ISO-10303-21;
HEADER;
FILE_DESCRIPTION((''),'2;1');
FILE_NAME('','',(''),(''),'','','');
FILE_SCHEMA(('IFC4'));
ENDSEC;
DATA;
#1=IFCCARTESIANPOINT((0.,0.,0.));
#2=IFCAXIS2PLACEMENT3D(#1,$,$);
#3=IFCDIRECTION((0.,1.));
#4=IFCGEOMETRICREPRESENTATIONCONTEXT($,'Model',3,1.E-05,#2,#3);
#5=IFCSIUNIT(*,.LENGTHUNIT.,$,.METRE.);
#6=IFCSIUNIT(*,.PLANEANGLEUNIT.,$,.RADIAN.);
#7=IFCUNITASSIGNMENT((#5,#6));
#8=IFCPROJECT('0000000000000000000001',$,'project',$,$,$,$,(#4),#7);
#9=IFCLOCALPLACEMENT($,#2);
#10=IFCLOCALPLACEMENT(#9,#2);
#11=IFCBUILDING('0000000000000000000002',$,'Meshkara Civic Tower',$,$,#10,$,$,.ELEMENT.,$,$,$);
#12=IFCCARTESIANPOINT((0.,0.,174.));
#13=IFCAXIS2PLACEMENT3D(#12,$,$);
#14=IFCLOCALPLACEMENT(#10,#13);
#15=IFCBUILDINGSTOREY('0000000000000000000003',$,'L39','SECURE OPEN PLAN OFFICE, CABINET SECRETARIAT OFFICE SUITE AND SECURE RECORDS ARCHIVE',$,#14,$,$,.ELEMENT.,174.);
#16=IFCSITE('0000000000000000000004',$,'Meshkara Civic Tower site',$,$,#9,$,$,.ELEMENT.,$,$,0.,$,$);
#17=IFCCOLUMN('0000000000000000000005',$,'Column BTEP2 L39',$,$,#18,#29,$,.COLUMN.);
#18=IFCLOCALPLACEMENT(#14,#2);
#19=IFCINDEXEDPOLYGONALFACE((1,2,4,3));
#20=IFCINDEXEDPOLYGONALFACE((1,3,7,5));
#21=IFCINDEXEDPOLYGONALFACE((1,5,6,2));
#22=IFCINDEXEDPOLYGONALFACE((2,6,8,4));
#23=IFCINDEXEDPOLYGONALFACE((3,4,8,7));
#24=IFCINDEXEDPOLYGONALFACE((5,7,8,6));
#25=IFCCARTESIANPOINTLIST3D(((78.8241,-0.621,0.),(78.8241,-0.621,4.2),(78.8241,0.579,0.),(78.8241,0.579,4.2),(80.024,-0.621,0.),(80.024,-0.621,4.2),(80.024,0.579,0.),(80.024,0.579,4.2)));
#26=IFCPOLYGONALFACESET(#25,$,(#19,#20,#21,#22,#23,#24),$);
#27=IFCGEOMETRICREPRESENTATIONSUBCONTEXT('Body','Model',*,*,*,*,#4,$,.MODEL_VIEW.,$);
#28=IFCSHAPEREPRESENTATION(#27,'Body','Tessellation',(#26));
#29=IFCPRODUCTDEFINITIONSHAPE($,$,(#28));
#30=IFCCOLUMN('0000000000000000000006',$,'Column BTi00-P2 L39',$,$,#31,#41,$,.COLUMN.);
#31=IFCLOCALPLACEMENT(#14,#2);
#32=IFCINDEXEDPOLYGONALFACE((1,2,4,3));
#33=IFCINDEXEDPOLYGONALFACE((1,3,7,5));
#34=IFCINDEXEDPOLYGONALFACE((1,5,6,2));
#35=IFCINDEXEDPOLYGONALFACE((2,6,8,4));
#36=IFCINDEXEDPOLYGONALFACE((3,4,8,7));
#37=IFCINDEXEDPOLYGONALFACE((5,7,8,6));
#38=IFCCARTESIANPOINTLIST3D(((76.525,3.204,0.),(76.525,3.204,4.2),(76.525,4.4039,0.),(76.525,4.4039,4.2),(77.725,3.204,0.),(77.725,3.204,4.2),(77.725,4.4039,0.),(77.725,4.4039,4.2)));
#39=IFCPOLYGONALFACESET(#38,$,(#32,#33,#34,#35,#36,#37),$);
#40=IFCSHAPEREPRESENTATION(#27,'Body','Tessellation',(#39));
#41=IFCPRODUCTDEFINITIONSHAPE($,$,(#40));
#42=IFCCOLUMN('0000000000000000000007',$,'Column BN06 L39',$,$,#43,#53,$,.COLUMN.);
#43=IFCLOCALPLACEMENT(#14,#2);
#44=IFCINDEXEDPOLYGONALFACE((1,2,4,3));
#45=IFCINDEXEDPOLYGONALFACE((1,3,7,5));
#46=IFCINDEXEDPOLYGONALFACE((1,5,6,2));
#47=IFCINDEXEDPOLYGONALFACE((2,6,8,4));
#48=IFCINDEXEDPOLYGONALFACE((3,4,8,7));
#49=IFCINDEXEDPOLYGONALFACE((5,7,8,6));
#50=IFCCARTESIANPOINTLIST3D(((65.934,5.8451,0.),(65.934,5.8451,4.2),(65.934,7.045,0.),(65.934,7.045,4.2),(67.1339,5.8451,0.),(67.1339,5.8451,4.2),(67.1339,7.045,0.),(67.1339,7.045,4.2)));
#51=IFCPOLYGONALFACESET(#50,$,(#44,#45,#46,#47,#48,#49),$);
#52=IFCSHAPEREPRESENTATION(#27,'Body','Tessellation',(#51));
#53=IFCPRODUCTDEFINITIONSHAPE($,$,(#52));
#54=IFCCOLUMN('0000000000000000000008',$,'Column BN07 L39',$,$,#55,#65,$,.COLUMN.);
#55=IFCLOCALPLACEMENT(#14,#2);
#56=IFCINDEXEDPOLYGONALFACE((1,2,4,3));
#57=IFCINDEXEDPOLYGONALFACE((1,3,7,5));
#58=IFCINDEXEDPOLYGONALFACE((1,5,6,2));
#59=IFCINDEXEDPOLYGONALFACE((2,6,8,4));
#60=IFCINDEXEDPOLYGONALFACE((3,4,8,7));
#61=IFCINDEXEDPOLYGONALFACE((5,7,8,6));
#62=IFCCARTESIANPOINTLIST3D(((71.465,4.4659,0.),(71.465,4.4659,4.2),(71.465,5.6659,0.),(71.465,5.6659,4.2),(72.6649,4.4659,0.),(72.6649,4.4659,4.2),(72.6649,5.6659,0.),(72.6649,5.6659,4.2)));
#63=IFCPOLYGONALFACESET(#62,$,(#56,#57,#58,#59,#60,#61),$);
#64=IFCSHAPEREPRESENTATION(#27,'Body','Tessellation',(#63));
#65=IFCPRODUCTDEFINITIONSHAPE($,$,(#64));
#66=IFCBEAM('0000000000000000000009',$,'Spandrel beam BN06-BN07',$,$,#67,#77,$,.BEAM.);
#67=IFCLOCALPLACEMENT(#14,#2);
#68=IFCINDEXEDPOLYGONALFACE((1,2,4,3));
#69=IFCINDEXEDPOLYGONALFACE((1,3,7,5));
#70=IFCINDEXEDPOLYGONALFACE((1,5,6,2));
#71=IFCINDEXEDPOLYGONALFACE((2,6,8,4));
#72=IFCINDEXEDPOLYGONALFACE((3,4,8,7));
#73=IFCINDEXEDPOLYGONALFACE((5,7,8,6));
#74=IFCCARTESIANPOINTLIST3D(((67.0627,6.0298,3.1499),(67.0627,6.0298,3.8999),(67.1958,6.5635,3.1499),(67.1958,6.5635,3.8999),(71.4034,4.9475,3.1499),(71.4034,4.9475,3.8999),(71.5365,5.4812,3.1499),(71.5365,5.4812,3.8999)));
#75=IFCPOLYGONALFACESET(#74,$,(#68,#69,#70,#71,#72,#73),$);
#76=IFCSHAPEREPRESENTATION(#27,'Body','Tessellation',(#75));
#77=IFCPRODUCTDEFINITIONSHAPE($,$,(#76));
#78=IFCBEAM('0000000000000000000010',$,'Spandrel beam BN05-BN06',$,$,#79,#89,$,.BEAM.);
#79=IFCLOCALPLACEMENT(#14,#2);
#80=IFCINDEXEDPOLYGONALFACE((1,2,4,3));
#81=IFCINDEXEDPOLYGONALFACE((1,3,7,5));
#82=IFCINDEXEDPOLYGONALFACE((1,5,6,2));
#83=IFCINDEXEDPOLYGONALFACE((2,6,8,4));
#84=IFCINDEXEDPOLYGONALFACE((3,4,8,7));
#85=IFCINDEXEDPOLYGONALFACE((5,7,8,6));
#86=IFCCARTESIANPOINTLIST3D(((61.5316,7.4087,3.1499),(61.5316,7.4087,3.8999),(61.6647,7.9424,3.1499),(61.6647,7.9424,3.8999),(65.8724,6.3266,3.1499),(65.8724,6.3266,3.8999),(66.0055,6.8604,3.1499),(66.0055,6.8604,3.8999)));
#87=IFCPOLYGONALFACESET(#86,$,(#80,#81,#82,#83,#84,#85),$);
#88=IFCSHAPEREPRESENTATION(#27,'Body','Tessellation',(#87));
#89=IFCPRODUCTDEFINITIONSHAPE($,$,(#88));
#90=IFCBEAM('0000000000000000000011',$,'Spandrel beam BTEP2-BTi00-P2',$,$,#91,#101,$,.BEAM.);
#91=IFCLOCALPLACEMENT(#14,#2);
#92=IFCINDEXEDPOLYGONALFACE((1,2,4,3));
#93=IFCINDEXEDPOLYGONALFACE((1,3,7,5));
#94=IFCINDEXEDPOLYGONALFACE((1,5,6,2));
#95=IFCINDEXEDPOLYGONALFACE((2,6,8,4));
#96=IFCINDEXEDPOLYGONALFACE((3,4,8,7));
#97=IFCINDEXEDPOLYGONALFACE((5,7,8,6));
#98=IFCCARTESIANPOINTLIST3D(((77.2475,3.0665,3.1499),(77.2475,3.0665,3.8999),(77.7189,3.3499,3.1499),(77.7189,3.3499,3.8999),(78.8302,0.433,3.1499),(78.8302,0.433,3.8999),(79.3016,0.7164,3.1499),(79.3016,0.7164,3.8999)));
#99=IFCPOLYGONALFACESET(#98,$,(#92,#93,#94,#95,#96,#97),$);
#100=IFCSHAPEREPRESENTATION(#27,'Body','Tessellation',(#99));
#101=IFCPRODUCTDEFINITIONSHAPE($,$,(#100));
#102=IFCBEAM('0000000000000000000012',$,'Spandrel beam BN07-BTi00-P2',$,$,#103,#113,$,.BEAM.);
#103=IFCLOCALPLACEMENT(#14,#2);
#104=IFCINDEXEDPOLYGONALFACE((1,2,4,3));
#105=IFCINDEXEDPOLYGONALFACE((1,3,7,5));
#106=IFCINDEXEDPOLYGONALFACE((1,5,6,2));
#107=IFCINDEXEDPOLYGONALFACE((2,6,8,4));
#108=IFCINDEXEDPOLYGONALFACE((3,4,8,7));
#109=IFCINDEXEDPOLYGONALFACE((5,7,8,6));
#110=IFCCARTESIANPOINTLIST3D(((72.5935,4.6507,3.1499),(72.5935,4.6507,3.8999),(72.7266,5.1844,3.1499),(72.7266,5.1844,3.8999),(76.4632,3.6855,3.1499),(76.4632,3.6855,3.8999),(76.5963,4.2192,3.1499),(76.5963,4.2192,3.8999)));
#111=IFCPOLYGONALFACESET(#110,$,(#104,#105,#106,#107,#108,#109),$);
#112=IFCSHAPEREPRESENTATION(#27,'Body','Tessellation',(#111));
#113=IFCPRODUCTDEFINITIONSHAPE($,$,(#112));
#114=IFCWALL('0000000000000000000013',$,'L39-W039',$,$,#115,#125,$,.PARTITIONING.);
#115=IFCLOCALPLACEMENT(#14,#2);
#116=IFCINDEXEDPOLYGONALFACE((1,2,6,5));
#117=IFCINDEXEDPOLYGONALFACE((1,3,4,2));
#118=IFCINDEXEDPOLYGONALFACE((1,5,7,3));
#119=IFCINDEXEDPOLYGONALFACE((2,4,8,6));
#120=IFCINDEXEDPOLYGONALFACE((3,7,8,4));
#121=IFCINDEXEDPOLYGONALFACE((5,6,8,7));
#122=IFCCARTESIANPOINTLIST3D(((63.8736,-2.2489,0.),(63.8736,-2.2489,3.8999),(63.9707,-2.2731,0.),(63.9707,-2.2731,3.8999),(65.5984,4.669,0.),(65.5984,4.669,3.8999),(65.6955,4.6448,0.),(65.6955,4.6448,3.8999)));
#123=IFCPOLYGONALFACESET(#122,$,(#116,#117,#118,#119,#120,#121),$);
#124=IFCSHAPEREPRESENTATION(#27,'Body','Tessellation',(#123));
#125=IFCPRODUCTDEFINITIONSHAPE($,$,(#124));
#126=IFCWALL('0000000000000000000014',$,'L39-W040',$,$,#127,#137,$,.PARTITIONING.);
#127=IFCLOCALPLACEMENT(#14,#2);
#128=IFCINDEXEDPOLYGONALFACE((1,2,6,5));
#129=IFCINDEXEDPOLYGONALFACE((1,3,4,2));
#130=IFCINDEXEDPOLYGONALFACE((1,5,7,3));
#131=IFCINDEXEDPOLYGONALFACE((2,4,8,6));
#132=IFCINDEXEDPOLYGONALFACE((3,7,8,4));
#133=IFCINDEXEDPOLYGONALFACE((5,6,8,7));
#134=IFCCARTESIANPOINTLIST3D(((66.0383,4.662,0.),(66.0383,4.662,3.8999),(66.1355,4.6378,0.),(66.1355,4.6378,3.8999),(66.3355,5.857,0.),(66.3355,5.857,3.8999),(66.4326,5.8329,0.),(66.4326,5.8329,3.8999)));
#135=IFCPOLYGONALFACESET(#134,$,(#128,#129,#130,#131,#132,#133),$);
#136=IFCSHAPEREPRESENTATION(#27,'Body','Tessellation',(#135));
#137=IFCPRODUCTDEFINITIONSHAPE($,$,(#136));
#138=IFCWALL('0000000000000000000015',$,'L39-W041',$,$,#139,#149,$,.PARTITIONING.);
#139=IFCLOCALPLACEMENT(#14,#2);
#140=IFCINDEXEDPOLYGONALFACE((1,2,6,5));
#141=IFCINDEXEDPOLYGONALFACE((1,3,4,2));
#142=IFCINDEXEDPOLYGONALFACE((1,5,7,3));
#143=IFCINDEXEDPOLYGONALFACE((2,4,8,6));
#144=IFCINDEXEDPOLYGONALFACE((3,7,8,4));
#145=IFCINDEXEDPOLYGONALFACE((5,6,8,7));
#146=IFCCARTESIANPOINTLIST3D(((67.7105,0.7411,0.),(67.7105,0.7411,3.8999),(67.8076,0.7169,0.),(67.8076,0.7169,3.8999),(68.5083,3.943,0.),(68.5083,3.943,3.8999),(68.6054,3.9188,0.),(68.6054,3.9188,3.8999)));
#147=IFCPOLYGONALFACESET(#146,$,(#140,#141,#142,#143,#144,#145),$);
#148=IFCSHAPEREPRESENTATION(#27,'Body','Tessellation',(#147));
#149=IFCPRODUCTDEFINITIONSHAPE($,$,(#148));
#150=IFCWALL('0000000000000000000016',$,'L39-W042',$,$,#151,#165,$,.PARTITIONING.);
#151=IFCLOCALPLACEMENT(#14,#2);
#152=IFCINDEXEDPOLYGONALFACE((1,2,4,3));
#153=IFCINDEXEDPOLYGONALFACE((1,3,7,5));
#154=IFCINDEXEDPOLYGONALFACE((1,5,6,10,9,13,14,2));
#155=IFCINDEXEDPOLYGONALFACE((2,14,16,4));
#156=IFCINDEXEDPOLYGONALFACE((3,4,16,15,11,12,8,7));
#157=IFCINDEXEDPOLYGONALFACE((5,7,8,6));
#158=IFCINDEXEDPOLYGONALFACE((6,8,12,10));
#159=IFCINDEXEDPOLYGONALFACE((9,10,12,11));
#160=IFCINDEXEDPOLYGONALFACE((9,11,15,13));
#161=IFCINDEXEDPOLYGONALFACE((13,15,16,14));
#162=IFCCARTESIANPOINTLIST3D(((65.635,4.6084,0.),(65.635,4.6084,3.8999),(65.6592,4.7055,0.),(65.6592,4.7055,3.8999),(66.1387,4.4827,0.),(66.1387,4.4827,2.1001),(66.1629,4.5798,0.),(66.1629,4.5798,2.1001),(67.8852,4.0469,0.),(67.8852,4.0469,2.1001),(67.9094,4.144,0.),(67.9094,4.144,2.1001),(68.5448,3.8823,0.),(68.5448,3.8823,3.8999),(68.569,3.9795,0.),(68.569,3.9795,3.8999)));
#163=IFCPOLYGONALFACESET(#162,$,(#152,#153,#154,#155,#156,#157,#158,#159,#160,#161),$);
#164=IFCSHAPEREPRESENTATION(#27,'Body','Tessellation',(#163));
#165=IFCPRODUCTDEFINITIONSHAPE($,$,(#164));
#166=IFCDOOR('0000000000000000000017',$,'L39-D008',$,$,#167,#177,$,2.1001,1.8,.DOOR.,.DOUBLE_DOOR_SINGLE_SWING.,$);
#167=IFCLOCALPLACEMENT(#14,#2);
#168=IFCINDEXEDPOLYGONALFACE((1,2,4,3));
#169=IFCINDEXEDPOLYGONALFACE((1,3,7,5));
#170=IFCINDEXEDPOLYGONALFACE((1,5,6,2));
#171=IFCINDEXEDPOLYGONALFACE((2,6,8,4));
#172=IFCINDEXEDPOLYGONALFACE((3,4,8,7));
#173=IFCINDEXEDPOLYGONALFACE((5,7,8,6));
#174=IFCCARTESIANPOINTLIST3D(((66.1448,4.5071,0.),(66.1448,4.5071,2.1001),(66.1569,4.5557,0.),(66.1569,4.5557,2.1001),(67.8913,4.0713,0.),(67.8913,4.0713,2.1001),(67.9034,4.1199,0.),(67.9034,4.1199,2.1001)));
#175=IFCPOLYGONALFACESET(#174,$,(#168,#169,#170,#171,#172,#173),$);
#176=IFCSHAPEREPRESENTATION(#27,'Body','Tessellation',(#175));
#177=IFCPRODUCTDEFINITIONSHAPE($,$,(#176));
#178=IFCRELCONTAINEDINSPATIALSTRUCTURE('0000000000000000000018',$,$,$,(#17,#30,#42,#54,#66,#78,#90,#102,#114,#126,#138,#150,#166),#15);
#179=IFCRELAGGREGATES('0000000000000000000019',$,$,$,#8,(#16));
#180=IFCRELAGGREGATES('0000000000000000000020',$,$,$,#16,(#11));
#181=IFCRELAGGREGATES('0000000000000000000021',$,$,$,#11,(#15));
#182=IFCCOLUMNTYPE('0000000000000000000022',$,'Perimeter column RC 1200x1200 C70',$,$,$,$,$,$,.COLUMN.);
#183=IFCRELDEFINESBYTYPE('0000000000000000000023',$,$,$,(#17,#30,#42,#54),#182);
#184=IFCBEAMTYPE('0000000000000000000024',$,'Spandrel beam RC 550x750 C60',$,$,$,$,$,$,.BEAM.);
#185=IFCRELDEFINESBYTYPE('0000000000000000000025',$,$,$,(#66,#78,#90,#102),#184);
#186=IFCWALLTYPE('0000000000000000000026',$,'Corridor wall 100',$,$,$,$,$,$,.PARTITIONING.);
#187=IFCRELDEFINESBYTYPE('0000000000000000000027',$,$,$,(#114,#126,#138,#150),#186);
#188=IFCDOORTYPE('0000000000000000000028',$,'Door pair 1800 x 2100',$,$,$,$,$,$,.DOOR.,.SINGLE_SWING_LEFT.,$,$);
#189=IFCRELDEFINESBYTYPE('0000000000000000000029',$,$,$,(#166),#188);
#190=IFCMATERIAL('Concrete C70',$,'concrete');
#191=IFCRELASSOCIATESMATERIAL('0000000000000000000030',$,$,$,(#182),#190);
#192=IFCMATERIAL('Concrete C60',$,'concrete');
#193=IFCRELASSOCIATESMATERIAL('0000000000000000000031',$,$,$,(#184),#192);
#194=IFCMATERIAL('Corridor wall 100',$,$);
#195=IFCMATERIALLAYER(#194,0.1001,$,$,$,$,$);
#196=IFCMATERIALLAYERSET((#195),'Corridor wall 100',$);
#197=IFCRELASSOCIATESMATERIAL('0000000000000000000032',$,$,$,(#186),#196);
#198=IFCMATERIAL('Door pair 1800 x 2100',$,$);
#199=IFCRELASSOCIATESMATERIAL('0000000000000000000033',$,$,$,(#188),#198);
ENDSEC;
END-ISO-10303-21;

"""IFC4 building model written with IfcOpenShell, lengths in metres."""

from ifc_helpers import new_model, si_unit, direction, frame, frame_2d, origin, origin_2d, place, context, subcontext, project, spatial, rectangle, extrude, material, layer, layer_set, material_profile, profile_set, type_object, element, fill, save


model = new_model("IFC4")

# Units and contexts
model_context = context("Model", 3, precision=1e-05, world=origin(), true_north=direction((0.0, 1.0)))
body_context = subcontext(model_context, "Body", "Model", "MODEL_VIEW")
ifc_project = project(units=[si_unit("LENGTHUNIT", "METRE"), si_unit("PLANEANGLEUNIT", "RADIAN")], contexts=[model_context])

# Site, building, storey
site_placement = place(None, origin())
site = spatial("IfcSite", under=ifc_project, at=site_placement, Name="Meshkara Civic Tower site", CompositionType="ELEMENT", RefElevation=0.0)
building_placement = place(site_placement, origin())
building = spatial("IfcBuilding", under=site, at=building_placement, Name="Meshkara Civic Tower", CompositionType="ELEMENT")
storey_placement = place(building_placement, frame((0.0, 0.0, 174.0)))
storey = spatial("IfcBuildingStorey", under=building, at=storey_placement, Name="L39", Description="SECURE OPEN PLAN OFFICE, CABINET SECRETARIAT OFFICE SUITE AND SECURE RECORDS ARCHIVE", CompositionType="ELEMENT", Elevation=174.0)

# Columns
ifc_material_1 = material(Name="Concrete C70", Category="concrete")
ifc_material_profile_1 = material_profile(ifc_material_1, rectangle(XDim=1.2, YDim=1.2, at=origin_2d()))
ifc_profile_set_1 = profile_set([ifc_material_profile_1], Name="Concrete C70")
column_type = type_object("IfcColumnType", Name="Perimeter column RC 1200x1200 C70", PredefinedType="COLUMN", material=ifc_profile_set_1)
for number, where, z_axis, x_axis, name in (
    (1, (79.4241, -0.021, 0.0), (0.0, 0.0, 1.0), (1.0, 0.0, 0.0), "Column BTEP2 L39"),
    (2, (77.125, 3.804, 0.0), (0.0, 0.0, 1.0), (1.0, 0.0, 0.0), "Column BTi00-P2 L39"),
    (3, (66.5339, 6.4451, 0.0), (0.0, 0.0, 1.0), (1.0, 0.0, 0.0), "Column BN06 L39"),
    (4, (72.0649, 5.0659, 0.0), (0.0, 0.0, 1.0), (1.0, 0.0, 0.0), "Column BN07 L39"),
):
    element("IfcColumn", number, at=place(storey_placement, frame(where, z_axis=z_axis, x_axis=x_axis)), inside=storey, type_object=column_type, Name=name, PredefinedType="COLUMN", context=body_context, shape_type="SweptSolid", body=[
        extrude(rectangle(XDim=1.2, YDim=1.2, at=origin_2d()), origin(), (0.0, 0.0, 1.0), 4.2),
    ])

# Beams
ifc_material_2 = material(Name="Concrete C60", Category="concrete")
ifc_material_profile_2 = material_profile(ifc_material_2, rectangle(XDim=0.55, YDim=0.75, at=origin_2d()))
ifc_profile_set_2 = profile_set([ifc_material_profile_2], Name="Concrete C60")
beam_type = type_object("IfcBeamType", Name="Spandrel beam RC 550x750 C60", PredefinedType="BEAM", material=ifc_profile_set_2)
for number, where, z_axis, x_axis, name in (
    (5, (71.47, 5.2144, 3.5249), (-0.970296, 0.241919, 0.0), (-0.241919, -0.970296, 0.0), "Spandrel beam BN06-BN07"),
    (6, (65.939, 6.5935, 3.5249), (-0.970309, 0.241868, 0.0), (-0.241868, -0.970309, 0.0), "Spandrel beam BN05-BN06"),
):
    element("IfcBeam", number, at=place(storey_placement, frame(where, z_axis=z_axis, x_axis=x_axis)), inside=storey, type_object=beam_type, Name=name, PredefinedType="BEAM", context=body_context, shape_type="SweptSolid", body=[
        extrude(rectangle(XDim=0.55, YDim=0.75, at=origin_2d()), origin(), (0.0, 0.0, 1.0), 4.4736),
    ])
beam_1_placement = place(storey_placement, frame((79.0659, 0.5747, 3.5249), z_axis=(-0.515127, 0.857114, 0.0), x_axis=(-0.857114, -0.515127, 0.0)))
element("IfcBeam", 7, at=beam_1_placement, inside=storey, type_object=beam_type, Name="Spandrel beam BTEP2-BTi00-P2", PredefinedType="BEAM", context=body_context, shape_type="SweptSolid", body=[
    extrude(rectangle(XDim=0.55, YDim=0.75, at=origin_2d()), origin(), (0.0, 0.0, 1.0), 3.0725),
])
beam_2_placement = place(storey_placement, frame((76.5298, 3.9524, 3.5249), z_axis=(-0.970279, 0.241988, 0.0), x_axis=(-0.241988, -0.970279, 0.0)))
element("IfcBeam", 8, at=beam_2_placement, inside=storey, type_object=beam_type, Name="Spandrel beam BN07-BTi00-P2", PredefinedType="BEAM", context=body_context, shape_type="SweptSolid", body=[
    extrude(rectangle(XDim=0.55, YDim=0.75, at=origin_2d()), origin(), (0.0, 0.0, 1.0), 3.9883),
])

# Walls
ifc_material_3 = material(Name="Corridor wall 100")
ifc_layer_1 = layer(ifc_material_3, 0.1001)
ifc_layer_set_1 = layer_set([ifc_layer_1], Name="Corridor wall 100")
wall_type_1 = type_object("IfcWallType", Name="Corridor wall 100", PredefinedType="PARTITIONING", material=ifc_layer_set_1)
wall_1_placement = place(storey_placement, frame((65.647, 4.657, 0.0), z_axis=(0.0, 0.0, 1.0), x_axis=(-0.241923, -0.970295, 0.0)))
element("IfcWall", 9, at=wall_1_placement, inside=storey, type_object=wall_type_1, Name="L39-W039", PredefinedType="PARTITIONING", context=body_context, shape_type="SweptSolid", body=[
    extrude(rectangle(XDim=7.1296, YDim=0.1001, at=frame_2d((3.5649, 0.0))), origin(), (0.0, 0.0, 1.0), 3.8999),
])
wall_2_placement = place(storey_placement, frame((66.0869, 4.6499, 0.0), z_axis=(0.0, 0.0, 1.0), x_axis=(0.241276, 0.970457, 0.0)))
element("IfcWall", 10, at=wall_2_placement, inside=storey, type_object=wall_type_1, Name="L39-W040", PredefinedType="PARTITIONING", context=body_context, shape_type="SweptSolid", body=[
    extrude(rectangle(XDim=1.2314, YDim=0.1001, at=frame_2d((0.6157, 0.0))), origin(), (0.0, 0.0, 1.0), 3.8999),
])
wall_3_placement = place(storey_placement, frame((67.759, 0.729, 0.0), z_axis=(0.0, 0.0, 1.0), x_axis=(0.241787, 0.970329, 0.0)))
element("IfcWall", 11, at=wall_3_placement, inside=storey, type_object=wall_type_1, Name="L39-W041", PredefinedType="PARTITIONING", context=body_context, shape_type="SweptSolid", body=[
    extrude(rectangle(XDim=3.2998, YDim=0.1001, at=frame_2d((1.6499, 0.0))), origin(), (0.0, 0.0, 1.0), 3.8999),
])

# Wall, opening, door
wall_4_placement = place(storey_placement, frame((68.5569, 3.9309, 0.0), z_axis=(0.0, 0.0, 1.0), x_axis=(-0.970253, 0.242095, 0.0)))
wall_4 = element("IfcWall", 12, at=wall_4_placement, inside=storey, type_object=wall_type_1, Name="L39-W042", PredefinedType="PARTITIONING", context=body_context, shape_type="SweptSolid", body=[
    extrude(rectangle(XDim=2.999, YDim=0.1001, at=frame_2d((1.4995, 0.0))), origin(), (0.0, 0.0, 1.0), 3.8999),
])
opening_1_placement = place(wall_4_placement, frame((0.6799, 0.0, 0.0)))
opening_1 = element("IfcOpeningElement", 13, at=opening_1_placement, cuts=wall_4, PredefinedType="OPENING", context=body_context, shape_type="SweptSolid", body=[
    extrude(rectangle(XDim=1.8, YDim=2.1001, at=frame_2d((0.8999, 1.05))), frame((0.0, 0.0601, 0.0), z_axis=(0.0, -1.0, 0.0), x_axis=(1.0, 0.0, 0.0)), (0.0, 0.0, 1.0), 0.1201),
])
ifc_material_4 = material(Name="Door pair 1800 x 2100")
door_type = type_object("IfcDoorType", Name="Door pair 1800 x 2100", OperationType="SINGLE_SWING_LEFT", PredefinedType="DOOR", material=ifc_material_4)
door_placement = place(opening_1_placement, origin())
door = element("IfcDoor", 14, at=door_placement, inside=storey, type_object=door_type, Name="L39-D008", OperationType="DOUBLE_DOOR_SINGLE_SWING", OverallHeight=2.1001, OverallWidth=1.8, PredefinedType="DOOR", context=body_context, shape_type="SweptSolid", body=[
    extrude(rectangle(XDim=1.8, YDim=2.1001, at=frame_2d((0.8999, 1.05))), frame((0.0, 0.0249, 0.0), z_axis=(0.0, -1.0, 0.0), x_axis=(1.0, 0.0, 0.0)), (0.0, 0.0, 1.0), 0.05),
])
fill(opening_1, door)

save(model, "model.ifc")
